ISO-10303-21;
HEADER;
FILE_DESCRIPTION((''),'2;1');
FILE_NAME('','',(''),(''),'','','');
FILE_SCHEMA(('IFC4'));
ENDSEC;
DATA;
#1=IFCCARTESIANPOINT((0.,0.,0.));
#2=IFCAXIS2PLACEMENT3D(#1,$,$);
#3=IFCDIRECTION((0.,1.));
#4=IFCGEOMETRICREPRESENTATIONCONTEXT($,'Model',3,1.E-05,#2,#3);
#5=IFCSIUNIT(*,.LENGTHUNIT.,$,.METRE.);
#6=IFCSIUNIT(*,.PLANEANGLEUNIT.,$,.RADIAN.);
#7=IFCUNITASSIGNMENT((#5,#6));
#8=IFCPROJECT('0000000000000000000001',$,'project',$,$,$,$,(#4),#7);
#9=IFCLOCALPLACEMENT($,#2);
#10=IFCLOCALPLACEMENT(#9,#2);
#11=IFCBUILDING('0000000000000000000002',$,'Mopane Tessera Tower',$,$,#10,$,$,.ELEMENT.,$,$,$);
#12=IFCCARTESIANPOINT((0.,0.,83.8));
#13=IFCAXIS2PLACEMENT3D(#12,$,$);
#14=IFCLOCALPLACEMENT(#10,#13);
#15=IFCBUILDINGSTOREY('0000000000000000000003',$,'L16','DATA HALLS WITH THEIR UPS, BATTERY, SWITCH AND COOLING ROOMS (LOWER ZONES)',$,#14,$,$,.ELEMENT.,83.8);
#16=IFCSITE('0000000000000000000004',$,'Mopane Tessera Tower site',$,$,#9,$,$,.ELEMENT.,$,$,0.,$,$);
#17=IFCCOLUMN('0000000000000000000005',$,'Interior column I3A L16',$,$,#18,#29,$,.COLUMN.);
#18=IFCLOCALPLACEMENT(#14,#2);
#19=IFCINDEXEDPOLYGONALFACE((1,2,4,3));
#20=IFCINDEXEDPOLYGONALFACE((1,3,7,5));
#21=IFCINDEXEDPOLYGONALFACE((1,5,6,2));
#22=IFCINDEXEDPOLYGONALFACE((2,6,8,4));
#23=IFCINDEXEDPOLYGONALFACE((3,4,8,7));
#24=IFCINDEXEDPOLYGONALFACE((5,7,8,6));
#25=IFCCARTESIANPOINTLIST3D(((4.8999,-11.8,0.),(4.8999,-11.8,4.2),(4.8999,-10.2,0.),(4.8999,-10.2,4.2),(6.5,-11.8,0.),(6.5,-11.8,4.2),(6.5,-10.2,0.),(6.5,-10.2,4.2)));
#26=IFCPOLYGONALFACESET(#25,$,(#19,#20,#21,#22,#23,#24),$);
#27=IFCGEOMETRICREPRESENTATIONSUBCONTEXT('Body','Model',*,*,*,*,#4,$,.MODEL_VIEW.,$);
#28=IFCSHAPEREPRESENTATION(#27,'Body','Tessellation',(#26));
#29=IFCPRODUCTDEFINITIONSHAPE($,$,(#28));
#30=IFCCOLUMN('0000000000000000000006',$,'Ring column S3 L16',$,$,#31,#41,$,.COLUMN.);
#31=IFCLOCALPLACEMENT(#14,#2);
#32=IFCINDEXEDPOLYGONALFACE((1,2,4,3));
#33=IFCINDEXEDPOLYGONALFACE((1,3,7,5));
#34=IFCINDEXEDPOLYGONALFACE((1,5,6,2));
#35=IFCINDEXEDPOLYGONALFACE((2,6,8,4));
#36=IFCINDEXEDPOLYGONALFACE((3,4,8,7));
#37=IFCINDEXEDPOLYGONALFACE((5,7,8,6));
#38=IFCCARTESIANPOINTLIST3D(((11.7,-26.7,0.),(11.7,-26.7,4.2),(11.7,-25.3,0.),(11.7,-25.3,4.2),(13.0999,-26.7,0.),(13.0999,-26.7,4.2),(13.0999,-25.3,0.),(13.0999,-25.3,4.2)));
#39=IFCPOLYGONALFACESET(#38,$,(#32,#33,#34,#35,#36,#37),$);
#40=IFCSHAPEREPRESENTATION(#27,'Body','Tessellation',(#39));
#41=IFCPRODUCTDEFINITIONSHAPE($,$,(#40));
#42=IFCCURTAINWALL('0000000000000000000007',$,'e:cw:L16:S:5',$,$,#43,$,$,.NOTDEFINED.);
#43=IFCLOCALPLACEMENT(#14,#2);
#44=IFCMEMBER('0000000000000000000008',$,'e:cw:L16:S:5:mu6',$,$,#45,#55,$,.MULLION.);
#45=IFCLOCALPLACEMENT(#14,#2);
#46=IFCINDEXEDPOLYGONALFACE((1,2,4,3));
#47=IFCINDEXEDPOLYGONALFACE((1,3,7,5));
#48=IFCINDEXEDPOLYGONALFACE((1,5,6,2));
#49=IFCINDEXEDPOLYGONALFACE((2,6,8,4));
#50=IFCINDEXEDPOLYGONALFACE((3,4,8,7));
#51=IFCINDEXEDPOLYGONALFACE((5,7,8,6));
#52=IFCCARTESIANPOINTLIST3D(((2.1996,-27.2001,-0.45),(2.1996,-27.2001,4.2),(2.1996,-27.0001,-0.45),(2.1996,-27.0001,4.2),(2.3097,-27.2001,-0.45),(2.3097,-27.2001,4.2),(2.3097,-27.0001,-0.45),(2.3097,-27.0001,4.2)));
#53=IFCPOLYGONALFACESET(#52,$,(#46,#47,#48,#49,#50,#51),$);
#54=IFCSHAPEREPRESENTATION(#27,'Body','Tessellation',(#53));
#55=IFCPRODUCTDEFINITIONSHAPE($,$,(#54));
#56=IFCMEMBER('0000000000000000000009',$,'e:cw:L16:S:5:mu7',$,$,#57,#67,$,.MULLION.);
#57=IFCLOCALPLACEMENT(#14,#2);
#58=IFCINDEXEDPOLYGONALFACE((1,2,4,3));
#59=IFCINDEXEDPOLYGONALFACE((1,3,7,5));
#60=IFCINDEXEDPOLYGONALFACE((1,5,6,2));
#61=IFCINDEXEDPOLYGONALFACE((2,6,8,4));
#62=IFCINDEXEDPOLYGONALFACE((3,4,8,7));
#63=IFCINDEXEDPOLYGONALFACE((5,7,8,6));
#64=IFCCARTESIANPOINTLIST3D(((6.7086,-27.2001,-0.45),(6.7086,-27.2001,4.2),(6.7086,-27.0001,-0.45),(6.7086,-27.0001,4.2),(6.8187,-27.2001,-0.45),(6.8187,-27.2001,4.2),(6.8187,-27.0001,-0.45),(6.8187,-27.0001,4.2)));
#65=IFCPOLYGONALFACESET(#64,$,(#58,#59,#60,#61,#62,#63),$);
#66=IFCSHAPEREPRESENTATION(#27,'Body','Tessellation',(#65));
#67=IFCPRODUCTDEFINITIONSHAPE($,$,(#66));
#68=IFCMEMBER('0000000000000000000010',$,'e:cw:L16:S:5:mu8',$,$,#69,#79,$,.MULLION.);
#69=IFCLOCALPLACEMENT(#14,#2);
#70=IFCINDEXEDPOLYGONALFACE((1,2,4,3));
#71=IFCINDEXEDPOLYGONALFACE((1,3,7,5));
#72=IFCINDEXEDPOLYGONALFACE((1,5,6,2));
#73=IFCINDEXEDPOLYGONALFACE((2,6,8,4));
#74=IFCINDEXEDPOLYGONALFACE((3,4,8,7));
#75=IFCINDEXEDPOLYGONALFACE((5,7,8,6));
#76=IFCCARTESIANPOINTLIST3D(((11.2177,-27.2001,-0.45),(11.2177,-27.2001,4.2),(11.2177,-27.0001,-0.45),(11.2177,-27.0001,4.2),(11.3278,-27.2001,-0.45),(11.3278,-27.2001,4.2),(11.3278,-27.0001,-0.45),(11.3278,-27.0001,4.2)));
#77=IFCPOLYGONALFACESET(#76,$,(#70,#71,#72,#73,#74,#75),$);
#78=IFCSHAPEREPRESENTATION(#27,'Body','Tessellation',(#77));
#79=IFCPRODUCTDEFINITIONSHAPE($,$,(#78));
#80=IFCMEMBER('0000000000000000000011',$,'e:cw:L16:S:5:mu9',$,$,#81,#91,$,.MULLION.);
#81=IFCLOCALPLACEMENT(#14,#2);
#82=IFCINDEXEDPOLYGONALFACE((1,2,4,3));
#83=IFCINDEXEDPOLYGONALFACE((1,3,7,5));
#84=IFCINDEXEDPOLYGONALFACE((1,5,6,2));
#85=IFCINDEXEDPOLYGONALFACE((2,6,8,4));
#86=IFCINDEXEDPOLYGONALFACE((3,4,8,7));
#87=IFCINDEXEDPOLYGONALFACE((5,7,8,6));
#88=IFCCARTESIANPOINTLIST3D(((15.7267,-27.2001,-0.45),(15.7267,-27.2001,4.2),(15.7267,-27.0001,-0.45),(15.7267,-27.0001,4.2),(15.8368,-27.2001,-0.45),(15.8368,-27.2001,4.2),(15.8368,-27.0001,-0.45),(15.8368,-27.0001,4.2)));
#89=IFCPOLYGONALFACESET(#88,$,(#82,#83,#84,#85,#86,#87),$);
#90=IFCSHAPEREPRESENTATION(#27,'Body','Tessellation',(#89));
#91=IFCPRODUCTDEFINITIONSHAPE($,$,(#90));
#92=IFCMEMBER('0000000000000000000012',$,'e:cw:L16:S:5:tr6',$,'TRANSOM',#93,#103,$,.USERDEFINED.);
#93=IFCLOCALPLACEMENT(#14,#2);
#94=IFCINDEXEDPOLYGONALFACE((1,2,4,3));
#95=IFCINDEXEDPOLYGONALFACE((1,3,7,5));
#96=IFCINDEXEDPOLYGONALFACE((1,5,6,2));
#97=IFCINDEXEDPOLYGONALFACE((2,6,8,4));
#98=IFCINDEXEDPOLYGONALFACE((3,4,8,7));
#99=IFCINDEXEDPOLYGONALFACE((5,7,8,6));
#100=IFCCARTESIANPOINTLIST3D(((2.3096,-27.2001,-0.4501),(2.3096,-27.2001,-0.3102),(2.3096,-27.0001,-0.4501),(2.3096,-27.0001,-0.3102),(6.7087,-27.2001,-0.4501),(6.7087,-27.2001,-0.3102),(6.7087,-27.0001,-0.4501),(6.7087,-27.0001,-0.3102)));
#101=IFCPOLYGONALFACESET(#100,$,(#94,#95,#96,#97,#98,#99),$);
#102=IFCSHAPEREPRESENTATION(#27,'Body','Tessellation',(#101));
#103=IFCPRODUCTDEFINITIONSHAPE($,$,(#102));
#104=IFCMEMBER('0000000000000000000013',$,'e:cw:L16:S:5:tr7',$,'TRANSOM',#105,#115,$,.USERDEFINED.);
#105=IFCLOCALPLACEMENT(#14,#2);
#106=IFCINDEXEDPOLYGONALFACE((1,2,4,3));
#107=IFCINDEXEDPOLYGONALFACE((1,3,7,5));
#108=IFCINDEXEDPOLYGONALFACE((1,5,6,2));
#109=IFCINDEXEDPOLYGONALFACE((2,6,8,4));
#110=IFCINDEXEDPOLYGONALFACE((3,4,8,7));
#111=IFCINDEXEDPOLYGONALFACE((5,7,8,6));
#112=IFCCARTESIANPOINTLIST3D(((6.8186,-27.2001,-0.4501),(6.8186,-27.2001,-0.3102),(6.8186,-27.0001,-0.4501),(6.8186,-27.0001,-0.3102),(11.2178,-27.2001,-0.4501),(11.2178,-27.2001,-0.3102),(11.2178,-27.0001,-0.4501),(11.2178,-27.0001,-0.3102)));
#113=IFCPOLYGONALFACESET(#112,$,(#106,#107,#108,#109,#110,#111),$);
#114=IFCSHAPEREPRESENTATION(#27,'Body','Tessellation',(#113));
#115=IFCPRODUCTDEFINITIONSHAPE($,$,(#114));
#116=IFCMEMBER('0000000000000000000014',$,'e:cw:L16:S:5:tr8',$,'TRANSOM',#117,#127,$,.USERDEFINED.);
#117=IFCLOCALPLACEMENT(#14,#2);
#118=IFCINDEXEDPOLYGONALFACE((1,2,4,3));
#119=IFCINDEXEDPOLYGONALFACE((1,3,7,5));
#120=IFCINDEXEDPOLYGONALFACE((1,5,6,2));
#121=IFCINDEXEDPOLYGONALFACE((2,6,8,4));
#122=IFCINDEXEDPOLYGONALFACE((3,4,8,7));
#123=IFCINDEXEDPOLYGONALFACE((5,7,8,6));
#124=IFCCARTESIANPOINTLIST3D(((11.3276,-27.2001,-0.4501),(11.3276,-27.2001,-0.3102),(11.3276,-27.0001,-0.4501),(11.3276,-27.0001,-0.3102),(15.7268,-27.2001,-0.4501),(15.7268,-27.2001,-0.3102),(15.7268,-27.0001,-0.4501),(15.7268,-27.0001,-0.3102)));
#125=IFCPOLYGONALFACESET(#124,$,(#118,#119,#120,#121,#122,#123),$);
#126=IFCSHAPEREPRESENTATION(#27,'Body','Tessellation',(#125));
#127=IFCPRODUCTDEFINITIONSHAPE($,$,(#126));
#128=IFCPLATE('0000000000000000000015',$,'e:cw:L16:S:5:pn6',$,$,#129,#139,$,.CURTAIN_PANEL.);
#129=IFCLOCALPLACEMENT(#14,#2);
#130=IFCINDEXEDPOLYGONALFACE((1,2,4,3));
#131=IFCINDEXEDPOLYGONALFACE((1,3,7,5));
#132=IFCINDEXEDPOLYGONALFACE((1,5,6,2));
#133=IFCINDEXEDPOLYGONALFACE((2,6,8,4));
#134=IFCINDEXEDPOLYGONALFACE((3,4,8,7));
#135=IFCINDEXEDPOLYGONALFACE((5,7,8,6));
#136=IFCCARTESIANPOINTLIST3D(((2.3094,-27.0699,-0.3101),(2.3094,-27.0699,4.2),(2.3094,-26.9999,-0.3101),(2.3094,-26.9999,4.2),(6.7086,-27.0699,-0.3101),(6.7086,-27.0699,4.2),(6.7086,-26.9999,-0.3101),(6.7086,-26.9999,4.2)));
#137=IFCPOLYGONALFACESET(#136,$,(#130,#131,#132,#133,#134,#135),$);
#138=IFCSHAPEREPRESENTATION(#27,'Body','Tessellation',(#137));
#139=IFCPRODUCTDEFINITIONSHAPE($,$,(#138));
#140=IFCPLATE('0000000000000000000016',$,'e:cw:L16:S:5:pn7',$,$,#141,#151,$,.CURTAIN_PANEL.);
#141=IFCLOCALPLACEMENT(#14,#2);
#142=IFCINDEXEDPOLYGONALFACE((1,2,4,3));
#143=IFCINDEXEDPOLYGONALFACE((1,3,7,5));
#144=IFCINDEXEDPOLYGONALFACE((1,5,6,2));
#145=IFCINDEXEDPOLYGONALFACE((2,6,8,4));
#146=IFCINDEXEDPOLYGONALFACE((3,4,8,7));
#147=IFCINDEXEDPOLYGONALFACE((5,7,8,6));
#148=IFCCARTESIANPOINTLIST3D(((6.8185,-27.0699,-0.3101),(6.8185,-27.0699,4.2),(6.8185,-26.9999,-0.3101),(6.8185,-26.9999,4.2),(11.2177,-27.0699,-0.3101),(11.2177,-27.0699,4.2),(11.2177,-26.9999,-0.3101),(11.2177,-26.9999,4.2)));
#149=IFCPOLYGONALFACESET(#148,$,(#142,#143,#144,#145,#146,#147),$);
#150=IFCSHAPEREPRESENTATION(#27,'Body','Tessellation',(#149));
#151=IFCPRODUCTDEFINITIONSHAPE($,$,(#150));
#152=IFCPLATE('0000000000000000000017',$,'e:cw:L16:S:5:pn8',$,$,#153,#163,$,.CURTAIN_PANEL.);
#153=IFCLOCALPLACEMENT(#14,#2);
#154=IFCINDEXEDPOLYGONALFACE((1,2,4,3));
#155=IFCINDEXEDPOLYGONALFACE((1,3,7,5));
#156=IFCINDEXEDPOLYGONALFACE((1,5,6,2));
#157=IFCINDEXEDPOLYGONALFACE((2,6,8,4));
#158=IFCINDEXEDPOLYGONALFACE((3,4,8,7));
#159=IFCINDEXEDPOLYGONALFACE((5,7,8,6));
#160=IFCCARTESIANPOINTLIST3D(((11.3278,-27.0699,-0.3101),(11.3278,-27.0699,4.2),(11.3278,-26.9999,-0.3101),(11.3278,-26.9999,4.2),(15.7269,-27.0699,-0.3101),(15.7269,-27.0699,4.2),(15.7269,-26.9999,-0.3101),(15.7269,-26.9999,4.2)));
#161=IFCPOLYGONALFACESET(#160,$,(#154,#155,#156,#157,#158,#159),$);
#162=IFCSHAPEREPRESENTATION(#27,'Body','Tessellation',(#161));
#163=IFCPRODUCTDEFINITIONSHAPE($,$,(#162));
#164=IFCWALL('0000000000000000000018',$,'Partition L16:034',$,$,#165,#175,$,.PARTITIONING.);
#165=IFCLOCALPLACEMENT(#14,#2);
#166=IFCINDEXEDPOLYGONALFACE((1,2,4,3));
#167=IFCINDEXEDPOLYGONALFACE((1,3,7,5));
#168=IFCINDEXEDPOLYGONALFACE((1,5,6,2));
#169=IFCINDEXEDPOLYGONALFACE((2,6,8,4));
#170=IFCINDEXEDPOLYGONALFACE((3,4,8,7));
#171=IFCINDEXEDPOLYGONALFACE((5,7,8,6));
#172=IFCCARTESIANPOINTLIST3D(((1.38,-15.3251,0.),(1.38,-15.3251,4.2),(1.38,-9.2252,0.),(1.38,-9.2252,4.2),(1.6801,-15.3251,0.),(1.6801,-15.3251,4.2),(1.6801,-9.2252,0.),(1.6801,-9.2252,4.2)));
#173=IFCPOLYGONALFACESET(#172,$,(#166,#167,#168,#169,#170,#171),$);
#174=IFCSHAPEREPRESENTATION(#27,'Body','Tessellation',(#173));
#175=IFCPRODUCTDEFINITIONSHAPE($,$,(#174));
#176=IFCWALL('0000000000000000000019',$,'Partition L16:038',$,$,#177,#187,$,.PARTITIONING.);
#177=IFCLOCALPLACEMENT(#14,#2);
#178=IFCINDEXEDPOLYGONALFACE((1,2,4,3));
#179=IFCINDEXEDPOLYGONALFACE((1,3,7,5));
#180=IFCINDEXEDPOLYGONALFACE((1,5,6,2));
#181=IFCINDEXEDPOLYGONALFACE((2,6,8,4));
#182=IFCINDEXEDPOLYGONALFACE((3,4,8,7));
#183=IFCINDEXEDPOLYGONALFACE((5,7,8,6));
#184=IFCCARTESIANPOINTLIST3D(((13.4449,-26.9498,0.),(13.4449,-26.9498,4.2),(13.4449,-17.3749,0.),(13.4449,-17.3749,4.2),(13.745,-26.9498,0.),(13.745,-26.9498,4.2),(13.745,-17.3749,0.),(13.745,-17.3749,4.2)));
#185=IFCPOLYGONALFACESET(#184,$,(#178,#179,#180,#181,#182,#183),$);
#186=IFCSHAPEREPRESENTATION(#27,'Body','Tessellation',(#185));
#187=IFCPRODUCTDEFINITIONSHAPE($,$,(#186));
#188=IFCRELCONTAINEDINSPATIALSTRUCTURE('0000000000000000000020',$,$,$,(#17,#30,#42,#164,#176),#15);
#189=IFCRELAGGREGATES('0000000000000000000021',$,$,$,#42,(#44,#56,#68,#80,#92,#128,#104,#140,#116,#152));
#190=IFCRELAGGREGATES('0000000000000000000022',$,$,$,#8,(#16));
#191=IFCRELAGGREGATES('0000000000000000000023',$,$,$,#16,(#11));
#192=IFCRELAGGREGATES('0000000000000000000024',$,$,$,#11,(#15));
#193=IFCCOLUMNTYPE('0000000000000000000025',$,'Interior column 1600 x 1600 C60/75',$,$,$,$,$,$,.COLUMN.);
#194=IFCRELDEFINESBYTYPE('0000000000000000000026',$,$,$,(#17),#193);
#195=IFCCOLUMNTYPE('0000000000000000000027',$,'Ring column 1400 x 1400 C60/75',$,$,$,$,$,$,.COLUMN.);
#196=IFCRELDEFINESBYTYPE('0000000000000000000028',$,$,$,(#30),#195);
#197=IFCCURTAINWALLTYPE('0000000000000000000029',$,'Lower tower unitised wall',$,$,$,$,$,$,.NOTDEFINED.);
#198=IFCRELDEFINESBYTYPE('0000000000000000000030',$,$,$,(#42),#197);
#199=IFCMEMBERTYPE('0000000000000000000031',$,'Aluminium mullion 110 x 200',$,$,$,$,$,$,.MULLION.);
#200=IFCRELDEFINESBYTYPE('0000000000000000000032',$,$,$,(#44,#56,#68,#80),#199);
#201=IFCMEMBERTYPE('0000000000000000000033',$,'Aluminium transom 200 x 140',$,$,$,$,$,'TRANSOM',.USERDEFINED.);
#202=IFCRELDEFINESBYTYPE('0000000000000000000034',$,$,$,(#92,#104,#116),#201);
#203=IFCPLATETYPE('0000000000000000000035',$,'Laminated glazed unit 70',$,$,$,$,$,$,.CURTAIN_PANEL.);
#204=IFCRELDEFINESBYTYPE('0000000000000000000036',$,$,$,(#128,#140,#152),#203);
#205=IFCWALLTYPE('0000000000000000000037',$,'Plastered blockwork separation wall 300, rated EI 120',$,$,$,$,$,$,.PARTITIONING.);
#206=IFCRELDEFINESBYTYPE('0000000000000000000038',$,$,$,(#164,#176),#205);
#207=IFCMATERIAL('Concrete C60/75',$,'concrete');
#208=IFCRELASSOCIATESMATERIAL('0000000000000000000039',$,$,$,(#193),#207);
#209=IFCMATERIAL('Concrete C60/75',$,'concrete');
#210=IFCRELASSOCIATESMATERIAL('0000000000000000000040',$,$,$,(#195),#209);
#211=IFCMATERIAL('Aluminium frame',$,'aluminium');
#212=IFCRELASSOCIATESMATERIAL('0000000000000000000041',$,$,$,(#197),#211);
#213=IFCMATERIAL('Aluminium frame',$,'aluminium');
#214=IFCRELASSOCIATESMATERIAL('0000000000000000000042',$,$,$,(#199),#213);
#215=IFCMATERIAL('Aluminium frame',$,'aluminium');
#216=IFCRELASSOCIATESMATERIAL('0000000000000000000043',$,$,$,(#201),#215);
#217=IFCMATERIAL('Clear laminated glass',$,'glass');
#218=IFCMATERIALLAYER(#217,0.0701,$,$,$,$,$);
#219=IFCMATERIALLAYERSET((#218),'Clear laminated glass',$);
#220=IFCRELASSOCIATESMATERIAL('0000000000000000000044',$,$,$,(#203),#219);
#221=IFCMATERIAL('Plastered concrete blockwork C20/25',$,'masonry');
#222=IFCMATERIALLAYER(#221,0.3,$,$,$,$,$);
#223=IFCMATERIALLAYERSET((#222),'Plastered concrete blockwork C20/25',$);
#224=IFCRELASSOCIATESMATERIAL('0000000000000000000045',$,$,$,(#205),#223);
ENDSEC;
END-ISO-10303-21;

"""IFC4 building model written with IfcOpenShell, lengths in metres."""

from ifc_helpers import new_model, si_unit, direction, frame, frame_2d, origin, origin_2d, place, context, subcontext, project, spatial, rectangle, extrude, material, layer, layer_set, material_profile, profile_set, type_object, element, aggregate, save


model = new_model("IFC4")

# Units and contexts
model_context = context("Model", 3, precision=1e-05, world=origin(), true_north=direction((0.0, 1.0)))
body_context = subcontext(model_context, "Body", "Model", "MODEL_VIEW")
ifc_project = project(units=[si_unit("LENGTHUNIT", "METRE"), si_unit("PLANEANGLEUNIT", "RADIAN")], contexts=[model_context])

# Site, building, storey
site_placement = place(None, origin())
site = spatial("IfcSite", under=ifc_project, at=site_placement, Name="Mopane Tessera Tower site", CompositionType="ELEMENT", RefElevation=0.0)
building_placement = place(site_placement, origin())
building = spatial("IfcBuilding", under=site, at=building_placement, Name="Mopane Tessera Tower", CompositionType="ELEMENT")
storey_placement = place(building_placement, frame((0.0, 0.0, 83.8)))
storey = spatial("IfcBuildingStorey", under=building, at=storey_placement, Name="L16", Description="DATA HALLS WITH THEIR UPS, BATTERY, SWITCH AND COOLING ROOMS (LOWER ZONES)", CompositionType="ELEMENT", Elevation=83.8)

# Columns
ifc_material_1 = material(Name="Concrete C60/75", Category="concrete")
ifc_material_profile_1 = material_profile(ifc_material_1, rectangle(XDim=1.6001, YDim=1.6001, at=origin_2d()))
ifc_profile_set_1 = profile_set([ifc_material_profile_1], Name="Concrete C60/75")
column_type_1 = type_object("IfcColumnType", Name="Interior column 1600 x 1600 C60/75", PredefinedType="COLUMN", material=ifc_profile_set_1)
column_1_placement = place(storey_placement, frame((5.7, -11.0, 0.0), z_axis=(0.0, 0.0, 1.0), x_axis=(1.0, 0.0, 0.0)))
element("IfcColumn", 1, at=column_1_placement, inside=storey, type_object=column_type_1, Name="Interior column I3A L16", PredefinedType="COLUMN", context=body_context, shape_type="SweptSolid", body=[
    extrude(rectangle(XDim=1.6001, YDim=1.6001, at=origin_2d()), origin(), (0.0, 0.0, 1.0), 4.2),
])
ifc_material_2 = material(Name="Concrete C60/75", Category="concrete")
ifc_material_profile_2 = material_profile(ifc_material_2, rectangle(XDim=1.3999, YDim=1.3999, at=origin_2d()))
ifc_profile_set_2 = profile_set([ifc_material_profile_2], Name="Concrete C60/75")
column_type_2 = type_object("IfcColumnType", Name="Ring column 1400 x 1400 C60/75", PredefinedType="COLUMN", material=ifc_profile_set_2)
column_2_placement = place(storey_placement, frame((12.3999, -26.0, 0.0), z_axis=(0.0, 0.0, 1.0), x_axis=(1.0, 0.0, 0.0)))
element("IfcColumn", 2, at=column_2_placement, inside=storey, type_object=column_type_2, Name="Ring column S3 L16", PredefinedType="COLUMN", context=body_context, shape_type="SweptSolid", body=[
    extrude(rectangle(XDim=1.3999, YDim=1.3999, at=origin_2d()), origin(), (0.0, 0.0, 1.0), 4.2),
])

# Curtain wall, members, plates
ifc_material_3 = material(Name="Aluminium frame", Category="aluminium")
curtain_wall_type = type_object("IfcCurtainWallType", Name="Lower tower unitised wall", PredefinedType="NOTDEFINED", material=ifc_material_3)
curtain_wall_placement = place(storey_placement, origin())
curtain_wall = element("IfcCurtainWall", 3, at=curtain_wall_placement, inside=storey, type_object=curtain_wall_type, Name="e:cw:L16:S:5", PredefinedType="NOTDEFINED")
ifc_material_4 = material(Name="Aluminium frame", Category="aluminium")
ifc_material_profile_3 = material_profile(ifc_material_4, rectangle(XDim=0.1101, YDim=0.2, at=origin_2d()))
ifc_profile_set_3 = profile_set([ifc_material_profile_3], Name="Aluminium frame")
member_type_1 = type_object("IfcMemberType", Name="Aluminium mullion 110 x 200", PredefinedType="MULLION", material=ifc_profile_set_3)
member_1_placement = place(storey_placement, frame((2.2546, -27.1001, -0.45), z_axis=(0.0, 0.0, 1.0), x_axis=(1.0, 0.0, 0.0)))
member_1 = element("IfcMember", 4, at=member_1_placement, type_object=member_type_1, Name="e:cw:L16:S:5:mu6", PredefinedType="MULLION", context=body_context, shape_type="SweptSolid", body=[
    extrude(rectangle(XDim=0.1101, YDim=0.2, at=origin_2d()), origin(), (0.0, 0.0, 1.0), 4.6499),
])
member_2_placement = place(storey_placement, frame((6.7637, -27.1001, -0.45), z_axis=(0.0, 0.0, 1.0), x_axis=(1.0, 0.0, 0.0)))
member_2 = element("IfcMember", 5, at=member_2_placement, type_object=member_type_1, Name="e:cw:L16:S:5:mu7", PredefinedType="MULLION", context=body_context, shape_type="SweptSolid", body=[
    extrude(rectangle(XDim=0.1101, YDim=0.2, at=origin_2d()), origin(), (0.0, 0.0, 1.0), 4.6499),
])
member_3_placement = place(storey_placement, frame((11.2727, -27.1001, -0.45), z_axis=(0.0, 0.0, 1.0), x_axis=(1.0, 0.0, 0.0)))
member_3 = element("IfcMember", 6, at=member_3_placement, type_object=member_type_1, Name="e:cw:L16:S:5:mu8", PredefinedType="MULLION", context=body_context, shape_type="SweptSolid", body=[
    extrude(rectangle(XDim=0.1101, YDim=0.2, at=origin_2d()), origin(), (0.0, 0.0, 1.0), 4.6499),
])
member_4_placement = place(storey_placement, frame((15.7817, -27.1001, -0.45), z_axis=(0.0, 0.0, 1.0), x_axis=(1.0, 0.0, 0.0)))
member_4 = element("IfcMember", 7, at=member_4_placement, type_object=member_type_1, Name="e:cw:L16:S:5:mu9", PredefinedType="MULLION", context=body_context, shape_type="SweptSolid", body=[
    extrude(rectangle(XDim=0.1101, YDim=0.2, at=origin_2d()), origin(), (0.0, 0.0, 1.0), 4.6499),
])
ifc_material_5 = material(Name="Aluminium frame", Category="aluminium")
ifc_material_profile_4 = material_profile(ifc_material_5, rectangle(XDim=0.2, YDim=0.1399, at=origin_2d()))
ifc_profile_set_4 = profile_set([ifc_material_profile_4], Name="Aluminium frame")
member_type_2 = type_object("IfcMemberType", Name="Aluminium transom 200 x 140", ElementType="TRANSOM", PredefinedType="USERDEFINED", material=ifc_profile_set_4)
member_5_placement = place(storey_placement, frame((2.3096, -27.1001, -0.3801), z_axis=(1.0, 0.0, 0.0), x_axis=(0.0, 1.0, 0.0)))
member_5 = element("IfcMember", 8, at=member_5_placement, type_object=member_type_2, Name="e:cw:L16:S:5:tr6", ObjectType="TRANSOM", PredefinedType="USERDEFINED", context=body_context, shape_type="SweptSolid", body=[
    extrude(rectangle(XDim=0.2, YDim=0.1399, at=origin_2d()), origin(), (0.0, 0.0, 1.0), 4.3992),
])
member_6_placement = place(storey_placement, frame((6.8186, -27.1001, -0.3801), z_axis=(1.0, 0.0, 0.0), x_axis=(0.0, 1.0, 0.0)))
member_6 = element("IfcMember", 9, at=member_6_placement, type_object=member_type_2, Name="e:cw:L16:S:5:tr7", ObjectType="TRANSOM", PredefinedType="USERDEFINED", context=body_context, shape_type="SweptSolid", body=[
    extrude(rectangle(XDim=0.2, YDim=0.1399, at=origin_2d()), origin(), (0.0, 0.0, 1.0), 4.3992),
])
member_7_placement = place(storey_placement, frame((11.3276, -27.1001, -0.3801), z_axis=(1.0, 0.0, 0.0), x_axis=(0.0, 1.0, 0.0)))
member_7 = element("IfcMember", 10, at=member_7_placement, type_object=member_type_2, Name="e:cw:L16:S:5:tr8", ObjectType="TRANSOM", PredefinedType="USERDEFINED", context=body_context, shape_type="SweptSolid", body=[
    extrude(rectangle(XDim=0.2, YDim=0.1399, at=origin_2d()), origin(), (0.0, 0.0, 1.0), 4.3992),
])
ifc_material_6 = material(Name="Clear laminated glass", Category="glass")
ifc_layer_1 = layer(ifc_material_6, 0.0701)
ifc_layer_set_1 = layer_set([ifc_layer_1], Name="Clear laminated glass")
plate_type = type_object("IfcPlateType", Name="Laminated glazed unit 70", PredefinedType="CURTAIN_PANEL", material=ifc_layer_set_1)
plate_1_placement = place(storey_placement, frame((4.509, -27.0349, -0.3101), z_axis=(0.0, 0.0, 1.0), x_axis=(1.0, 0.0, 0.0)))
plate_1 = element("IfcPlate", 11, at=plate_1_placement, type_object=plate_type, Name="e:cw:L16:S:5:pn6", PredefinedType="CURTAIN_PANEL", context=body_context, shape_type="SweptSolid", body=[
    extrude(rectangle(XDim=4.3992, YDim=0.0701, at=origin_2d()), origin(), (0.0, 0.0, 1.0), 4.51),
])
plate_2_placement = place(storey_placement, frame((9.0181, -27.0349, -0.3101), z_axis=(0.0, 0.0, 1.0), x_axis=(1.0, 0.0, 0.0)))
plate_2 = element("IfcPlate", 12, at=plate_2_placement, type_object=plate_type, Name="e:cw:L16:S:5:pn7", PredefinedType="CURTAIN_PANEL", context=body_context, shape_type="SweptSolid", body=[
    extrude(rectangle(XDim=4.3992, YDim=0.0701, at=origin_2d()), origin(), (0.0, 0.0, 1.0), 4.51),
])
plate_3_placement = place(storey_placement, frame((13.5273, -27.0349, -0.3101), z_axis=(0.0, 0.0, 1.0), x_axis=(1.0, 0.0, 0.0)))
plate_3 = element("IfcPlate", 13, at=plate_3_placement, type_object=plate_type, Name="e:cw:L16:S:5:pn8", PredefinedType="CURTAIN_PANEL", context=body_context, shape_type="SweptSolid", body=[
    extrude(rectangle(XDim=4.3992, YDim=0.0701, at=origin_2d()), origin(), (0.0, 0.0, 1.0), 4.51),
])
aggregate(curtain_wall, [member_1, member_2, member_3, member_4, member_5, plate_1, member_6, plate_2, member_7, plate_3])

# Walls
ifc_material_7 = material(Name="Plastered concrete blockwork C20/25", Category="masonry")
ifc_layer_2 = layer(ifc_material_7, 0.3)
ifc_layer_set_2 = layer_set([ifc_layer_2], Name="Plastered concrete blockwork C20/25")
wall_type_1 = type_object("IfcWallType", Name="Plastered blockwork separation wall 300, rated EI 120", PredefinedType="PARTITIONING", material=ifc_layer_set_2)
wall_1_placement = place(storey_placement, frame((1.53, -15.325, 0.0), z_axis=(0.0, 0.0, 1.0), x_axis=(0.0, 1.0, 0.0)))
element("IfcWall", 14, at=wall_1_placement, inside=storey, type_object=wall_type_1, Name="Partition L16:034", PredefinedType="PARTITIONING", context=body_context, shape_type="SweptSolid", body=[
    extrude(rectangle(XDim=6.0999, YDim=0.3, at=frame_2d((3.0498, 0.0))), origin(), (0.0, 0.0, 1.0), 4.2),
])
wall_2_placement = place(storey_placement, frame((13.595, -26.95, 0.0), z_axis=(0.0, 0.0, 1.0), x_axis=(0.0, 1.0, 0.0)))
element("IfcWall", 15, at=wall_2_placement, inside=storey, type_object=wall_type_1, Name="Partition L16:038", PredefinedType="PARTITIONING", context=body_context, shape_type="SweptSolid", body=[
    extrude(rectangle(XDim=9.575, YDim=0.3, at=frame_2d((4.7876, 0.0))), origin(), (0.0, 0.0, 1.0), 4.2),
])

save(model, "model.ifc")
